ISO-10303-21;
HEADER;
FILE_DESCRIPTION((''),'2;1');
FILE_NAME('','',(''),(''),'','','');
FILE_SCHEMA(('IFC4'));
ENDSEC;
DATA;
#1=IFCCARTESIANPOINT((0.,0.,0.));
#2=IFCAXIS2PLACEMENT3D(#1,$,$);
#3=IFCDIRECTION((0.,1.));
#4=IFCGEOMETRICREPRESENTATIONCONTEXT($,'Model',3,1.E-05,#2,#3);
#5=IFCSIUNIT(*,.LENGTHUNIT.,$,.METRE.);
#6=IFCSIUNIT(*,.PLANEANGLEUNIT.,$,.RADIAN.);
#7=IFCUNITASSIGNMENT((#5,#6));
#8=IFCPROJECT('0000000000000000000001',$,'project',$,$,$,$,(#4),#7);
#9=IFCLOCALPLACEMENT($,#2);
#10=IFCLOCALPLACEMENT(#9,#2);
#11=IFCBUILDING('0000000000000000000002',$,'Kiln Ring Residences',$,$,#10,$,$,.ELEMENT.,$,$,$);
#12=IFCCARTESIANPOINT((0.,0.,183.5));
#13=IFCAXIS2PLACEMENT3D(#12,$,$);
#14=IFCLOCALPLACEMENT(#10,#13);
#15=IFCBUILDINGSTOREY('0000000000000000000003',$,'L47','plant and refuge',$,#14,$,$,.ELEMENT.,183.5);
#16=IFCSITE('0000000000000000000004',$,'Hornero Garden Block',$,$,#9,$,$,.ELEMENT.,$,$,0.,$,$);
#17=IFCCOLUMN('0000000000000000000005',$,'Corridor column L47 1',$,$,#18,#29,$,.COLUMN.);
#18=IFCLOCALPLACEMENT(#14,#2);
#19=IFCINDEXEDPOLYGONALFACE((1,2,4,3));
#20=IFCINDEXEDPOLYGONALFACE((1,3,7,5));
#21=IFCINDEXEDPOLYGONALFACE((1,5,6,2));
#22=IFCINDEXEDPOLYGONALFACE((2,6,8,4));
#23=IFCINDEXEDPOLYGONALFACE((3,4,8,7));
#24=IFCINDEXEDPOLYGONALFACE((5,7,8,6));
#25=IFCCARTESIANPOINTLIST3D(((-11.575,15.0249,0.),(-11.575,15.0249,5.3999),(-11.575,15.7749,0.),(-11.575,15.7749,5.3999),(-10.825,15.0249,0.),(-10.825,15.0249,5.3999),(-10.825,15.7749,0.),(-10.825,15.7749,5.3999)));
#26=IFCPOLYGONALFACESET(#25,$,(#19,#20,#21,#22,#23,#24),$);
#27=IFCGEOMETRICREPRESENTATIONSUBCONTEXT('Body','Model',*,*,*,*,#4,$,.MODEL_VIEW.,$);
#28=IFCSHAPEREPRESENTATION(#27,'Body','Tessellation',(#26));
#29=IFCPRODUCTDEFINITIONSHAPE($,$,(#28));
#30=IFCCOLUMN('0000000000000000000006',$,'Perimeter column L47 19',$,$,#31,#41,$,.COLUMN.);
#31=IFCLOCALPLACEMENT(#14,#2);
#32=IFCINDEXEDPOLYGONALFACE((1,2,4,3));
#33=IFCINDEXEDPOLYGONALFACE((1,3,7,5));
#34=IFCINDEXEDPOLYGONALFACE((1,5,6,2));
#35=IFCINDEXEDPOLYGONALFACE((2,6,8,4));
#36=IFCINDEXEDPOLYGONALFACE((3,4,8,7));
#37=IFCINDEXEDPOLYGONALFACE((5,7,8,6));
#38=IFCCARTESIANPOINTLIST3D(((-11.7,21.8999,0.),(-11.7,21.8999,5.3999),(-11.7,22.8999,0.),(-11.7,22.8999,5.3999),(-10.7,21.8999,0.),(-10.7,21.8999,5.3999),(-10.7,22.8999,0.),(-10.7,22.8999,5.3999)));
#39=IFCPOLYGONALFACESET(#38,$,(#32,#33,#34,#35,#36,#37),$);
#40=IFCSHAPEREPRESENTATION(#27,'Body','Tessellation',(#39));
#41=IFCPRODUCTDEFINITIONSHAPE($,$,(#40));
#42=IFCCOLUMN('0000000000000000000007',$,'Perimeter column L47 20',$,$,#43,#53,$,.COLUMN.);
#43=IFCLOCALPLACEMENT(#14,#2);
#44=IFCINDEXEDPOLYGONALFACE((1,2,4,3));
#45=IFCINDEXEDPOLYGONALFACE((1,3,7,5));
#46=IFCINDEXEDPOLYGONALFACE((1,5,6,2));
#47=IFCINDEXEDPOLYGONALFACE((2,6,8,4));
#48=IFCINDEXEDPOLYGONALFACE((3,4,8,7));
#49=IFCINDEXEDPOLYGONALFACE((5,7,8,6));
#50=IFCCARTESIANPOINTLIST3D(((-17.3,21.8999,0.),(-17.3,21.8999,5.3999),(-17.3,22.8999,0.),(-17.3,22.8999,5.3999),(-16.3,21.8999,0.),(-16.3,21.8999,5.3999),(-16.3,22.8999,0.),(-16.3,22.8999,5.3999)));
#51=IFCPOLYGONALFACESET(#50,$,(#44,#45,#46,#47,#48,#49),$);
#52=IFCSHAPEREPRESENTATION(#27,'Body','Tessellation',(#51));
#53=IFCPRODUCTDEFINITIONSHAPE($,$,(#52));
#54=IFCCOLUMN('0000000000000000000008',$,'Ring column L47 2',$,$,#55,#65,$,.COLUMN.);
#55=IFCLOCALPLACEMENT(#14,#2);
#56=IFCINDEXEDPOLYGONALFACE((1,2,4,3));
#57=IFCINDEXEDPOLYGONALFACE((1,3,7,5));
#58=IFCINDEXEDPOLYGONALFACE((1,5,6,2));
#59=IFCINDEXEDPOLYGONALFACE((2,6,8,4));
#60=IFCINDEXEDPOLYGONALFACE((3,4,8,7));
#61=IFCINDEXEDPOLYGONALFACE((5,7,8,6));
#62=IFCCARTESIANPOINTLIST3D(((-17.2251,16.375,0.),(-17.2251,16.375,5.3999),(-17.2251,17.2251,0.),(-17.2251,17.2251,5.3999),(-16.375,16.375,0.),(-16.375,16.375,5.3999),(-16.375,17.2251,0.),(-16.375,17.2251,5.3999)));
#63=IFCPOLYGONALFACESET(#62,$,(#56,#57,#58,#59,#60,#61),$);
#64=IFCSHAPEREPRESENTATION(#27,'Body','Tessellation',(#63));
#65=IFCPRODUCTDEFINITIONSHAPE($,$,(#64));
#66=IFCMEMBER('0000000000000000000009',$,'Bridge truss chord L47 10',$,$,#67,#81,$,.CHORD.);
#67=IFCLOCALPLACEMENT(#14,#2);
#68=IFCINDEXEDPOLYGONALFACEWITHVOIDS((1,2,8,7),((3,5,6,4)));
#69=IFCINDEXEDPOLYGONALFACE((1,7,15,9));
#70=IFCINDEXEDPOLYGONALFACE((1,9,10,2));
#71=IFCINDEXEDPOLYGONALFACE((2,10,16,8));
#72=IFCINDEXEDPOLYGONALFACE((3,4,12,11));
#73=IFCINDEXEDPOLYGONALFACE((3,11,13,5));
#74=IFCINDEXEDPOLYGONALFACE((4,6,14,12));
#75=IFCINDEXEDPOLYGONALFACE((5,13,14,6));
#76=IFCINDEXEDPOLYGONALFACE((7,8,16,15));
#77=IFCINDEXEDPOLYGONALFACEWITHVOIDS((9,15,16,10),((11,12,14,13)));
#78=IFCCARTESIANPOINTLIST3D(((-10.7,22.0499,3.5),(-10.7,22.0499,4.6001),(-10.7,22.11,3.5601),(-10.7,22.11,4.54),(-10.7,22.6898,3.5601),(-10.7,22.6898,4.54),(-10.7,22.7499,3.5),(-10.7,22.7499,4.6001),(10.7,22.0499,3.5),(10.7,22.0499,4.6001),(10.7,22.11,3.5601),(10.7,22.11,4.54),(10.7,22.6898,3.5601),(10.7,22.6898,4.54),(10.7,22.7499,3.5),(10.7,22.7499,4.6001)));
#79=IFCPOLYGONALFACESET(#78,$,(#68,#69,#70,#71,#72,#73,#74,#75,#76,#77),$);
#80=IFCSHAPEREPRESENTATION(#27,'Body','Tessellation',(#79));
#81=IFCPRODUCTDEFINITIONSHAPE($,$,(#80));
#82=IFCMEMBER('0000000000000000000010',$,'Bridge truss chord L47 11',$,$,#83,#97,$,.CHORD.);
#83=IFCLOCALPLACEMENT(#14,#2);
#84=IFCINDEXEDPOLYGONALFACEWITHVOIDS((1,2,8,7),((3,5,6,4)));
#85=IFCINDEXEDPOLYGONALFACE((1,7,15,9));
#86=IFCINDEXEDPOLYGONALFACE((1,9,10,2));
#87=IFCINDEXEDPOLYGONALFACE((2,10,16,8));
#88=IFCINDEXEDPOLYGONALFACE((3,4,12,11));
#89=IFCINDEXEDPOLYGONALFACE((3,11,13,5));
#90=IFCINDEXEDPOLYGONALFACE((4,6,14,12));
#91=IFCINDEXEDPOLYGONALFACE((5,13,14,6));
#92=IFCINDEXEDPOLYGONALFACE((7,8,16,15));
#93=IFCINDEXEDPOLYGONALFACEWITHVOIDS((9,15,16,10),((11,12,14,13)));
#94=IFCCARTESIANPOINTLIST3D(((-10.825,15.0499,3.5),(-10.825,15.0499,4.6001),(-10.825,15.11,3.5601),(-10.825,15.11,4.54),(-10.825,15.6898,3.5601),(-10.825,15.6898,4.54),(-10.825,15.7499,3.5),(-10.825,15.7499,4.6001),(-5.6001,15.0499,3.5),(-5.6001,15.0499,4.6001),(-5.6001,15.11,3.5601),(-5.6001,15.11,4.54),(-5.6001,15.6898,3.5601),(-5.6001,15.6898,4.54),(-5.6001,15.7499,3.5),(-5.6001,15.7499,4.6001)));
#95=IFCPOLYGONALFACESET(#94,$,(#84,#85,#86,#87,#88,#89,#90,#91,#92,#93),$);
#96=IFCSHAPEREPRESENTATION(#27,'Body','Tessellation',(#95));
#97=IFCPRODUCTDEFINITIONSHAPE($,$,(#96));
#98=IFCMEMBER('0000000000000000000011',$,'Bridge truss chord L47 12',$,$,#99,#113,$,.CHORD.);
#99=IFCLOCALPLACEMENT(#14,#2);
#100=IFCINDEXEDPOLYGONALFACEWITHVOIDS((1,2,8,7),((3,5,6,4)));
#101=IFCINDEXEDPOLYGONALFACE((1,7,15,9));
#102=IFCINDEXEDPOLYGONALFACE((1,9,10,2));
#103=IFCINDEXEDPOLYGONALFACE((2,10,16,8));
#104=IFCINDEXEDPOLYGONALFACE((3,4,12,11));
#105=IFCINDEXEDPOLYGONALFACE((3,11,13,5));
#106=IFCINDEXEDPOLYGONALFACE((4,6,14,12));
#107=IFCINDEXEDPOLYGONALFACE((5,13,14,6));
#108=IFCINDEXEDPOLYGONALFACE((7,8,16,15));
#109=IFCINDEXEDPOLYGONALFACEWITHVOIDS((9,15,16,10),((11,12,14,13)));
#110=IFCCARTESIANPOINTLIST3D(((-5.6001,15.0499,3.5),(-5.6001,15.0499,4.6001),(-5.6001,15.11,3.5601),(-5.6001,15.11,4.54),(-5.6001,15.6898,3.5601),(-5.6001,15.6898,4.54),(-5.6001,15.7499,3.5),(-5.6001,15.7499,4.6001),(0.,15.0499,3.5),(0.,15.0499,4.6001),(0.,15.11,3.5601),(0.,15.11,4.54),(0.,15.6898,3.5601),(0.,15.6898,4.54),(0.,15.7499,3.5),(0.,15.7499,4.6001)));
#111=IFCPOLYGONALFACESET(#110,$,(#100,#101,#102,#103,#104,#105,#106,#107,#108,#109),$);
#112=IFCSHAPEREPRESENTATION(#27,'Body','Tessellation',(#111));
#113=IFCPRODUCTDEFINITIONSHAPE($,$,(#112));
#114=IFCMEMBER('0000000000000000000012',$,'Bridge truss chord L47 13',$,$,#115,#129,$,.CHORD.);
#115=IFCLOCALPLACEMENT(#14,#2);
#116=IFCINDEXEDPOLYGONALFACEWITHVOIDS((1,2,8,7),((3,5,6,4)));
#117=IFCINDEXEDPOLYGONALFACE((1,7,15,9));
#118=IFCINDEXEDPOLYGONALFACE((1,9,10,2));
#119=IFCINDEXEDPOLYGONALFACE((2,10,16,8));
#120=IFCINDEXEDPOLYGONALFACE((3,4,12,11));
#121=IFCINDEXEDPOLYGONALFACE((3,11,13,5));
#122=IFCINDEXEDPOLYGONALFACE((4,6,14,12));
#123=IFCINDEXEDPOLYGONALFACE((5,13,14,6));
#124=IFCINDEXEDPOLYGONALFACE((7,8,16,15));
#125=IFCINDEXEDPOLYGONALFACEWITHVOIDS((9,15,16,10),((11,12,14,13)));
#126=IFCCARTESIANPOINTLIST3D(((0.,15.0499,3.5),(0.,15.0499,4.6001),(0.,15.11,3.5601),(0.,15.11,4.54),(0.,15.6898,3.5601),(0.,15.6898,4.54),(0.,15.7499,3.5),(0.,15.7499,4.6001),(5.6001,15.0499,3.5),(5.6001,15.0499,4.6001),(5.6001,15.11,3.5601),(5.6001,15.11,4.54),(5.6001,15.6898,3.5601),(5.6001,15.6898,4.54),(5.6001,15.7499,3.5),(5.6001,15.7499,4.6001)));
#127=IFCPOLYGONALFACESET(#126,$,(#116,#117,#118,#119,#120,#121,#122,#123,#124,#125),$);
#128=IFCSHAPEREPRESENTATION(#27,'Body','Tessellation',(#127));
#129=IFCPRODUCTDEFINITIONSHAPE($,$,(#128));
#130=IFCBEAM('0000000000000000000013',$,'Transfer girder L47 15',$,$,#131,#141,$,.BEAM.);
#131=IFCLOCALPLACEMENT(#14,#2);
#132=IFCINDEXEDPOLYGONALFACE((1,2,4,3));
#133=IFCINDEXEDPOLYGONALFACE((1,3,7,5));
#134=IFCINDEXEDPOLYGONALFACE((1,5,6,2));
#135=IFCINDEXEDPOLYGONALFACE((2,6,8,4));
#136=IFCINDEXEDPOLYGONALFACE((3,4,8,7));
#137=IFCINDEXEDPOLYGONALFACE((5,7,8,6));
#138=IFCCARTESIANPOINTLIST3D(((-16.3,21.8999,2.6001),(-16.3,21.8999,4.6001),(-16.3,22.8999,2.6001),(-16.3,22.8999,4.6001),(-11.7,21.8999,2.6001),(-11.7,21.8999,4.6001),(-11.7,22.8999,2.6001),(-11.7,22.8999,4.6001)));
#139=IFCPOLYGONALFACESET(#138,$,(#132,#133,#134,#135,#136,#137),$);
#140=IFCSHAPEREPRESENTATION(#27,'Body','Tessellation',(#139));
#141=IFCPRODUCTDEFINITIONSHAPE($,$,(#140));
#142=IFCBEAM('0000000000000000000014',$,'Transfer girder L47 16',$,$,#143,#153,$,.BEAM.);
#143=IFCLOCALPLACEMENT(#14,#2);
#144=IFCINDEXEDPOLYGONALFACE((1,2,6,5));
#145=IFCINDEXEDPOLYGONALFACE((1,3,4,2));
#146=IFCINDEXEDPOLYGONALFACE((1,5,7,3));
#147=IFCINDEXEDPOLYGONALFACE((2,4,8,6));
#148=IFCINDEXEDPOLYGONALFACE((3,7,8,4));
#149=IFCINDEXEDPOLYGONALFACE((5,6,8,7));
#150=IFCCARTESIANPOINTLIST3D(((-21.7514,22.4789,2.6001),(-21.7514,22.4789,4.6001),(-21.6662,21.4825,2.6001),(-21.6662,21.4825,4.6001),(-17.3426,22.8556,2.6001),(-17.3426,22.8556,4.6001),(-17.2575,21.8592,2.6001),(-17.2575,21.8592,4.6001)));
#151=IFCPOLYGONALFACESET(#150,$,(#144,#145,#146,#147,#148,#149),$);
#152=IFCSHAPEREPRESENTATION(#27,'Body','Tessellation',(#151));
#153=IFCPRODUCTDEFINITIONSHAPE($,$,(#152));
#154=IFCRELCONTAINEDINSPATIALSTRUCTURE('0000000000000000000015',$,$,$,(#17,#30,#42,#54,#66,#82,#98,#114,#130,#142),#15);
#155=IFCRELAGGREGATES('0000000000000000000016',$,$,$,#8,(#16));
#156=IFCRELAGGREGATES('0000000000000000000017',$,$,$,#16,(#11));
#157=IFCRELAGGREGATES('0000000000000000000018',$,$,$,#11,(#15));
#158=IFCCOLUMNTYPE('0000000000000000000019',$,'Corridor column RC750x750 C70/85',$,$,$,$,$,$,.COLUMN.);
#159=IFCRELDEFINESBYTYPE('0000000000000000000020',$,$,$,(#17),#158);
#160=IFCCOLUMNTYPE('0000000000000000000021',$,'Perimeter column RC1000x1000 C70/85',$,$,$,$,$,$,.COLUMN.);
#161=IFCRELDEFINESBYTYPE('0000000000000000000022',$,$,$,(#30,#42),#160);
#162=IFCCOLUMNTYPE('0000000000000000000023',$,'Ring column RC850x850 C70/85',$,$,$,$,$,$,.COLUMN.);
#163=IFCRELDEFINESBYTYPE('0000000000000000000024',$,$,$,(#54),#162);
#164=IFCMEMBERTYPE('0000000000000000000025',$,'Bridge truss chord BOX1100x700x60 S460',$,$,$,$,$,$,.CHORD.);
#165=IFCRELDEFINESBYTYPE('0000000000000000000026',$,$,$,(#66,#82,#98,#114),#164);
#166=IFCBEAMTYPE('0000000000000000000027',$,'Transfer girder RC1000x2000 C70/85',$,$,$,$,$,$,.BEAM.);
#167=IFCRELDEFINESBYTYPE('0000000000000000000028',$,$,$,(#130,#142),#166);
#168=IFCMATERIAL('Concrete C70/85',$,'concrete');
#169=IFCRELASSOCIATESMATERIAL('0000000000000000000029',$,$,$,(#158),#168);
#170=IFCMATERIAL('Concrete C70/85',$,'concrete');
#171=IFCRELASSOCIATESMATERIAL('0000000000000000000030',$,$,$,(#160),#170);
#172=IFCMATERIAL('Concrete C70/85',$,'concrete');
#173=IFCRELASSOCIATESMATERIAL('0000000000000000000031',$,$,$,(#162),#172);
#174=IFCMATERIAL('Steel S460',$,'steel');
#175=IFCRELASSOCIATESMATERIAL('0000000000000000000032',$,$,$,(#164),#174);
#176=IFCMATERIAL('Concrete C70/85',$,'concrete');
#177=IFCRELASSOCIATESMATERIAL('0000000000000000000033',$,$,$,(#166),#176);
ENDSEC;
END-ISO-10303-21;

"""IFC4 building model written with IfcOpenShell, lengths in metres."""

from ifc_helpers import new_model, si_unit, direction, frame, origin, origin_2d, place, context, subcontext, project, spatial, rectangle, hollow_rectangle, extrude, material, material_profile, profile_set, type_object, element, save


model = new_model("IFC4")

# Units and contexts
model_context = context("Model", 3, precision=1e-05, world=origin(), true_north=direction((0.0, 1.0)))
body_context = subcontext(model_context, "Body", "Model", "MODEL_VIEW")
ifc_project = project(units=[si_unit("LENGTHUNIT", "METRE"), si_unit("PLANEANGLEUNIT", "RADIAN")], contexts=[model_context])

# Site, building, storey
site_placement = place(None, origin())
site = spatial("IfcSite", under=ifc_project, at=site_placement, Name="Hornero Garden Block", CompositionType="ELEMENT", RefElevation=0.0)
building_placement = place(site_placement, origin())
building = spatial("IfcBuilding", under=site, at=building_placement, Name="Kiln Ring Residences", CompositionType="ELEMENT")
storey_placement = place(building_placement, frame((0.0, 0.0, 183.5)))
storey = spatial("IfcBuildingStorey", under=building, at=storey_placement, Name="L47", Description="plant and refuge", CompositionType="ELEMENT", Elevation=183.5)

# Columns
ifc_material_1 = material(Name="Concrete C70/85", Category="concrete")
ifc_material_profile_1 = material_profile(ifc_material_1, rectangle(XDim=0.75, YDim=0.75, at=origin_2d()), Name="RC750x750")
ifc_profile_set_1 = profile_set([ifc_material_profile_1], Name="Concrete C70/85")
column_type_1 = type_object("IfcColumnType", Name="Corridor column RC750x750 C70/85", PredefinedType="COLUMN", material=ifc_profile_set_1)
column_1_placement = place(storey_placement, frame((-11.2, 15.3999, 0.0), z_axis=(0.0, 0.0, 1.0), x_axis=(1.0, 0.0, 0.0)))
element("IfcColumn", 1, at=column_1_placement, inside=storey, type_object=column_type_1, Name="Corridor column L47 1", PredefinedType="COLUMN", context=body_context, shape_type="SweptSolid", body=[
    extrude(rectangle(XDim=0.75, YDim=0.75, at=origin_2d()), origin(), (0.0, 0.0, 1.0), 5.3999),
])
ifc_material_2 = material(Name="Concrete C70/85", Category="concrete")
ifc_material_profile_2 = material_profile(ifc_material_2, rectangle(XDim=1.0, YDim=1.0, at=origin_2d()), Name="RC1000x1000")
ifc_profile_set_2 = profile_set([ifc_material_profile_2], Name="Concrete C70/85")
column_type_2 = type_object("IfcColumnType", Name="Perimeter column RC1000x1000 C70/85", PredefinedType="COLUMN", material=ifc_profile_set_2)
for number, where, z_axis, x_axis, name in (
    (2, (-11.2, 22.3999, 0.0), (0.0, 0.0, 1.0), (1.0, 0.0, 0.0), "Perimeter column L47 19"),
    (3, (-16.8, 22.3999, 0.0), (0.0, 0.0, 1.0), (1.0, 0.0, 0.0), "Perimeter column L47 20"),
):
    element("IfcColumn", number, at=place(storey_placement, frame(where, z_axis=z_axis, x_axis=x_axis)), inside=storey, type_object=column_type_2, Name=name, PredefinedType="COLUMN", context=body_context, shape_type="SweptSolid", body=[
        extrude(rectangle(XDim=1.0, YDim=1.0, at=origin_2d()), origin(), (0.0, 0.0, 1.0), 5.3999),
    ])
ifc_material_3 = material(Name="Concrete C70/85", Category="concrete")
ifc_material_profile_3 = material_profile(ifc_material_3, rectangle(XDim=0.8501, YDim=0.8501, at=origin_2d()), Name="RC850x850")
ifc_profile_set_3 = profile_set([ifc_material_profile_3], Name="Concrete C70/85")
column_type_3 = type_object("IfcColumnType", Name="Ring column RC850x850 C70/85", PredefinedType="COLUMN", material=ifc_profile_set_3)
column_2_placement = place(storey_placement, frame((-16.8, 16.8, 0.0), z_axis=(0.0, 0.0, 1.0), x_axis=(1.0, 0.0, 0.0)))
element("IfcColumn", 4, at=column_2_placement, inside=storey, type_object=column_type_3, Name="Ring column L47 2", PredefinedType="COLUMN", context=body_context, shape_type="SweptSolid", body=[
    extrude(rectangle(XDim=0.8501, YDim=0.8501, at=origin_2d()), origin(), (0.0, 0.0, 1.0), 5.3999),
])

# Members
ifc_material_4 = material(Name="Steel S460", Category="steel")
ifc_material_profile_4 = material_profile(ifc_material_4, hollow_rectangle(XDim=0.7, YDim=1.1001, WallThickness=0.0601, at=origin_2d()), Name="BOX1100x700x60")
ifc_profile_set_4 = profile_set([ifc_material_profile_4], Name="Steel S460")
member_type = type_object("IfcMemberType", Name="Bridge truss chord BOX1100x700x60 S460", PredefinedType="CHORD", material=ifc_profile_set_4)
member_1_placement = place(storey_placement, frame((-10.7, 22.3999, 4.05), z_axis=(1.0, 0.0, 0.0), x_axis=(0.0, 1.0, 0.0)))
element("IfcMember", 5, at=member_1_placement, inside=storey, type_object=member_type, Name="Bridge truss chord L47 10", PredefinedType="CHORD", context=body_context, shape_type="SweptSolid", body=[
    extrude(hollow_rectangle(XDim=0.7, YDim=1.1001, WallThickness=0.0601, at=origin_2d()), origin(), (0.0, 0.0, 1.0), 21.3999),
])
member_2_placement = place(storey_placement, frame((-10.825, 15.3999, 4.05), z_axis=(1.0, 0.0, 0.0), x_axis=(0.0, 1.0, 0.0)))
element("IfcMember", 6, at=member_2_placement, inside=storey, type_object=member_type, Name="Bridge truss chord L47 11", PredefinedType="CHORD", context=body_context, shape_type="SweptSolid", body=[
    extrude(hollow_rectangle(XDim=0.7, YDim=1.1001, WallThickness=0.0601, at=origin_2d()), origin(), (0.0, 0.0, 1.0), 5.2249),
])
for number, where, z_axis, x_axis, name in (
    (7, (-5.6001, 15.3999, 4.05), (1.0, 0.0, 0.0), (0.0, 1.0, 0.0), "Bridge truss chord L47 12"),
    (8, (0.0, 15.3999, 4.05), (1.0, 0.0, 0.0), (0.0, 1.0, 0.0), "Bridge truss chord L47 13"),
):
    element("IfcMember", number, at=place(storey_placement, frame(where, z_axis=z_axis, x_axis=x_axis)), inside=storey, type_object=member_type, Name=name, PredefinedType="CHORD", context=body_context, shape_type="SweptSolid", body=[
        extrude(hollow_rectangle(XDim=0.7, YDim=1.1001, WallThickness=0.0601, at=origin_2d()), origin(), (0.0, 0.0, 1.0), 5.6001),
    ])

# Beams
ifc_material_5 = material(Name="Concrete C70/85", Category="concrete")
ifc_material_profile_5 = material_profile(ifc_material_5, rectangle(XDim=1.0, YDim=2.0, at=origin_2d()), Name="RC1000x2000")
ifc_profile_set_5 = profile_set([ifc_material_profile_5], Name="Concrete C70/85")
beam_type = type_object("IfcBeamType", Name="Transfer girder RC1000x2000 C70/85", PredefinedType="BEAM", material=ifc_profile_set_5)
beam_1_placement = place(storey_placement, frame((-11.7, 22.3999, 3.6001), z_axis=(-1.0, 0.0, 0.0), x_axis=(0.0, -1.0, 0.0)))
element("IfcBeam", 9, at=beam_1_placement, inside=storey, type_object=beam_type, Name="Transfer girder L47 15", PredefinedType="BEAM", context=body_context, shape_type="SweptSolid", body=[
    extrude(rectangle(XDim=1.0, YDim=2.0, at=origin_2d()), origin(), (0.0, 0.0, 1.0), 4.6001),
])
beam_2_placement = place(storey_placement, frame((-17.3, 22.3574, 3.6001), z_axis=(-0.996369, -0.085137, 0.0), x_axis=(0.085137, -0.996369, 0.0)))
element("IfcBeam", 10, at=beam_2_placement, inside=storey, type_object=beam_type, Name="Transfer girder L47 16", PredefinedType="BEAM", context=body_context, shape_type="SweptSolid", body=[
    extrude(rectangle(XDim=1.0, YDim=2.0, at=origin_2d()), origin(), (0.0, 0.0, 1.0), 4.4248),
])

save(model, "model.ifc")
